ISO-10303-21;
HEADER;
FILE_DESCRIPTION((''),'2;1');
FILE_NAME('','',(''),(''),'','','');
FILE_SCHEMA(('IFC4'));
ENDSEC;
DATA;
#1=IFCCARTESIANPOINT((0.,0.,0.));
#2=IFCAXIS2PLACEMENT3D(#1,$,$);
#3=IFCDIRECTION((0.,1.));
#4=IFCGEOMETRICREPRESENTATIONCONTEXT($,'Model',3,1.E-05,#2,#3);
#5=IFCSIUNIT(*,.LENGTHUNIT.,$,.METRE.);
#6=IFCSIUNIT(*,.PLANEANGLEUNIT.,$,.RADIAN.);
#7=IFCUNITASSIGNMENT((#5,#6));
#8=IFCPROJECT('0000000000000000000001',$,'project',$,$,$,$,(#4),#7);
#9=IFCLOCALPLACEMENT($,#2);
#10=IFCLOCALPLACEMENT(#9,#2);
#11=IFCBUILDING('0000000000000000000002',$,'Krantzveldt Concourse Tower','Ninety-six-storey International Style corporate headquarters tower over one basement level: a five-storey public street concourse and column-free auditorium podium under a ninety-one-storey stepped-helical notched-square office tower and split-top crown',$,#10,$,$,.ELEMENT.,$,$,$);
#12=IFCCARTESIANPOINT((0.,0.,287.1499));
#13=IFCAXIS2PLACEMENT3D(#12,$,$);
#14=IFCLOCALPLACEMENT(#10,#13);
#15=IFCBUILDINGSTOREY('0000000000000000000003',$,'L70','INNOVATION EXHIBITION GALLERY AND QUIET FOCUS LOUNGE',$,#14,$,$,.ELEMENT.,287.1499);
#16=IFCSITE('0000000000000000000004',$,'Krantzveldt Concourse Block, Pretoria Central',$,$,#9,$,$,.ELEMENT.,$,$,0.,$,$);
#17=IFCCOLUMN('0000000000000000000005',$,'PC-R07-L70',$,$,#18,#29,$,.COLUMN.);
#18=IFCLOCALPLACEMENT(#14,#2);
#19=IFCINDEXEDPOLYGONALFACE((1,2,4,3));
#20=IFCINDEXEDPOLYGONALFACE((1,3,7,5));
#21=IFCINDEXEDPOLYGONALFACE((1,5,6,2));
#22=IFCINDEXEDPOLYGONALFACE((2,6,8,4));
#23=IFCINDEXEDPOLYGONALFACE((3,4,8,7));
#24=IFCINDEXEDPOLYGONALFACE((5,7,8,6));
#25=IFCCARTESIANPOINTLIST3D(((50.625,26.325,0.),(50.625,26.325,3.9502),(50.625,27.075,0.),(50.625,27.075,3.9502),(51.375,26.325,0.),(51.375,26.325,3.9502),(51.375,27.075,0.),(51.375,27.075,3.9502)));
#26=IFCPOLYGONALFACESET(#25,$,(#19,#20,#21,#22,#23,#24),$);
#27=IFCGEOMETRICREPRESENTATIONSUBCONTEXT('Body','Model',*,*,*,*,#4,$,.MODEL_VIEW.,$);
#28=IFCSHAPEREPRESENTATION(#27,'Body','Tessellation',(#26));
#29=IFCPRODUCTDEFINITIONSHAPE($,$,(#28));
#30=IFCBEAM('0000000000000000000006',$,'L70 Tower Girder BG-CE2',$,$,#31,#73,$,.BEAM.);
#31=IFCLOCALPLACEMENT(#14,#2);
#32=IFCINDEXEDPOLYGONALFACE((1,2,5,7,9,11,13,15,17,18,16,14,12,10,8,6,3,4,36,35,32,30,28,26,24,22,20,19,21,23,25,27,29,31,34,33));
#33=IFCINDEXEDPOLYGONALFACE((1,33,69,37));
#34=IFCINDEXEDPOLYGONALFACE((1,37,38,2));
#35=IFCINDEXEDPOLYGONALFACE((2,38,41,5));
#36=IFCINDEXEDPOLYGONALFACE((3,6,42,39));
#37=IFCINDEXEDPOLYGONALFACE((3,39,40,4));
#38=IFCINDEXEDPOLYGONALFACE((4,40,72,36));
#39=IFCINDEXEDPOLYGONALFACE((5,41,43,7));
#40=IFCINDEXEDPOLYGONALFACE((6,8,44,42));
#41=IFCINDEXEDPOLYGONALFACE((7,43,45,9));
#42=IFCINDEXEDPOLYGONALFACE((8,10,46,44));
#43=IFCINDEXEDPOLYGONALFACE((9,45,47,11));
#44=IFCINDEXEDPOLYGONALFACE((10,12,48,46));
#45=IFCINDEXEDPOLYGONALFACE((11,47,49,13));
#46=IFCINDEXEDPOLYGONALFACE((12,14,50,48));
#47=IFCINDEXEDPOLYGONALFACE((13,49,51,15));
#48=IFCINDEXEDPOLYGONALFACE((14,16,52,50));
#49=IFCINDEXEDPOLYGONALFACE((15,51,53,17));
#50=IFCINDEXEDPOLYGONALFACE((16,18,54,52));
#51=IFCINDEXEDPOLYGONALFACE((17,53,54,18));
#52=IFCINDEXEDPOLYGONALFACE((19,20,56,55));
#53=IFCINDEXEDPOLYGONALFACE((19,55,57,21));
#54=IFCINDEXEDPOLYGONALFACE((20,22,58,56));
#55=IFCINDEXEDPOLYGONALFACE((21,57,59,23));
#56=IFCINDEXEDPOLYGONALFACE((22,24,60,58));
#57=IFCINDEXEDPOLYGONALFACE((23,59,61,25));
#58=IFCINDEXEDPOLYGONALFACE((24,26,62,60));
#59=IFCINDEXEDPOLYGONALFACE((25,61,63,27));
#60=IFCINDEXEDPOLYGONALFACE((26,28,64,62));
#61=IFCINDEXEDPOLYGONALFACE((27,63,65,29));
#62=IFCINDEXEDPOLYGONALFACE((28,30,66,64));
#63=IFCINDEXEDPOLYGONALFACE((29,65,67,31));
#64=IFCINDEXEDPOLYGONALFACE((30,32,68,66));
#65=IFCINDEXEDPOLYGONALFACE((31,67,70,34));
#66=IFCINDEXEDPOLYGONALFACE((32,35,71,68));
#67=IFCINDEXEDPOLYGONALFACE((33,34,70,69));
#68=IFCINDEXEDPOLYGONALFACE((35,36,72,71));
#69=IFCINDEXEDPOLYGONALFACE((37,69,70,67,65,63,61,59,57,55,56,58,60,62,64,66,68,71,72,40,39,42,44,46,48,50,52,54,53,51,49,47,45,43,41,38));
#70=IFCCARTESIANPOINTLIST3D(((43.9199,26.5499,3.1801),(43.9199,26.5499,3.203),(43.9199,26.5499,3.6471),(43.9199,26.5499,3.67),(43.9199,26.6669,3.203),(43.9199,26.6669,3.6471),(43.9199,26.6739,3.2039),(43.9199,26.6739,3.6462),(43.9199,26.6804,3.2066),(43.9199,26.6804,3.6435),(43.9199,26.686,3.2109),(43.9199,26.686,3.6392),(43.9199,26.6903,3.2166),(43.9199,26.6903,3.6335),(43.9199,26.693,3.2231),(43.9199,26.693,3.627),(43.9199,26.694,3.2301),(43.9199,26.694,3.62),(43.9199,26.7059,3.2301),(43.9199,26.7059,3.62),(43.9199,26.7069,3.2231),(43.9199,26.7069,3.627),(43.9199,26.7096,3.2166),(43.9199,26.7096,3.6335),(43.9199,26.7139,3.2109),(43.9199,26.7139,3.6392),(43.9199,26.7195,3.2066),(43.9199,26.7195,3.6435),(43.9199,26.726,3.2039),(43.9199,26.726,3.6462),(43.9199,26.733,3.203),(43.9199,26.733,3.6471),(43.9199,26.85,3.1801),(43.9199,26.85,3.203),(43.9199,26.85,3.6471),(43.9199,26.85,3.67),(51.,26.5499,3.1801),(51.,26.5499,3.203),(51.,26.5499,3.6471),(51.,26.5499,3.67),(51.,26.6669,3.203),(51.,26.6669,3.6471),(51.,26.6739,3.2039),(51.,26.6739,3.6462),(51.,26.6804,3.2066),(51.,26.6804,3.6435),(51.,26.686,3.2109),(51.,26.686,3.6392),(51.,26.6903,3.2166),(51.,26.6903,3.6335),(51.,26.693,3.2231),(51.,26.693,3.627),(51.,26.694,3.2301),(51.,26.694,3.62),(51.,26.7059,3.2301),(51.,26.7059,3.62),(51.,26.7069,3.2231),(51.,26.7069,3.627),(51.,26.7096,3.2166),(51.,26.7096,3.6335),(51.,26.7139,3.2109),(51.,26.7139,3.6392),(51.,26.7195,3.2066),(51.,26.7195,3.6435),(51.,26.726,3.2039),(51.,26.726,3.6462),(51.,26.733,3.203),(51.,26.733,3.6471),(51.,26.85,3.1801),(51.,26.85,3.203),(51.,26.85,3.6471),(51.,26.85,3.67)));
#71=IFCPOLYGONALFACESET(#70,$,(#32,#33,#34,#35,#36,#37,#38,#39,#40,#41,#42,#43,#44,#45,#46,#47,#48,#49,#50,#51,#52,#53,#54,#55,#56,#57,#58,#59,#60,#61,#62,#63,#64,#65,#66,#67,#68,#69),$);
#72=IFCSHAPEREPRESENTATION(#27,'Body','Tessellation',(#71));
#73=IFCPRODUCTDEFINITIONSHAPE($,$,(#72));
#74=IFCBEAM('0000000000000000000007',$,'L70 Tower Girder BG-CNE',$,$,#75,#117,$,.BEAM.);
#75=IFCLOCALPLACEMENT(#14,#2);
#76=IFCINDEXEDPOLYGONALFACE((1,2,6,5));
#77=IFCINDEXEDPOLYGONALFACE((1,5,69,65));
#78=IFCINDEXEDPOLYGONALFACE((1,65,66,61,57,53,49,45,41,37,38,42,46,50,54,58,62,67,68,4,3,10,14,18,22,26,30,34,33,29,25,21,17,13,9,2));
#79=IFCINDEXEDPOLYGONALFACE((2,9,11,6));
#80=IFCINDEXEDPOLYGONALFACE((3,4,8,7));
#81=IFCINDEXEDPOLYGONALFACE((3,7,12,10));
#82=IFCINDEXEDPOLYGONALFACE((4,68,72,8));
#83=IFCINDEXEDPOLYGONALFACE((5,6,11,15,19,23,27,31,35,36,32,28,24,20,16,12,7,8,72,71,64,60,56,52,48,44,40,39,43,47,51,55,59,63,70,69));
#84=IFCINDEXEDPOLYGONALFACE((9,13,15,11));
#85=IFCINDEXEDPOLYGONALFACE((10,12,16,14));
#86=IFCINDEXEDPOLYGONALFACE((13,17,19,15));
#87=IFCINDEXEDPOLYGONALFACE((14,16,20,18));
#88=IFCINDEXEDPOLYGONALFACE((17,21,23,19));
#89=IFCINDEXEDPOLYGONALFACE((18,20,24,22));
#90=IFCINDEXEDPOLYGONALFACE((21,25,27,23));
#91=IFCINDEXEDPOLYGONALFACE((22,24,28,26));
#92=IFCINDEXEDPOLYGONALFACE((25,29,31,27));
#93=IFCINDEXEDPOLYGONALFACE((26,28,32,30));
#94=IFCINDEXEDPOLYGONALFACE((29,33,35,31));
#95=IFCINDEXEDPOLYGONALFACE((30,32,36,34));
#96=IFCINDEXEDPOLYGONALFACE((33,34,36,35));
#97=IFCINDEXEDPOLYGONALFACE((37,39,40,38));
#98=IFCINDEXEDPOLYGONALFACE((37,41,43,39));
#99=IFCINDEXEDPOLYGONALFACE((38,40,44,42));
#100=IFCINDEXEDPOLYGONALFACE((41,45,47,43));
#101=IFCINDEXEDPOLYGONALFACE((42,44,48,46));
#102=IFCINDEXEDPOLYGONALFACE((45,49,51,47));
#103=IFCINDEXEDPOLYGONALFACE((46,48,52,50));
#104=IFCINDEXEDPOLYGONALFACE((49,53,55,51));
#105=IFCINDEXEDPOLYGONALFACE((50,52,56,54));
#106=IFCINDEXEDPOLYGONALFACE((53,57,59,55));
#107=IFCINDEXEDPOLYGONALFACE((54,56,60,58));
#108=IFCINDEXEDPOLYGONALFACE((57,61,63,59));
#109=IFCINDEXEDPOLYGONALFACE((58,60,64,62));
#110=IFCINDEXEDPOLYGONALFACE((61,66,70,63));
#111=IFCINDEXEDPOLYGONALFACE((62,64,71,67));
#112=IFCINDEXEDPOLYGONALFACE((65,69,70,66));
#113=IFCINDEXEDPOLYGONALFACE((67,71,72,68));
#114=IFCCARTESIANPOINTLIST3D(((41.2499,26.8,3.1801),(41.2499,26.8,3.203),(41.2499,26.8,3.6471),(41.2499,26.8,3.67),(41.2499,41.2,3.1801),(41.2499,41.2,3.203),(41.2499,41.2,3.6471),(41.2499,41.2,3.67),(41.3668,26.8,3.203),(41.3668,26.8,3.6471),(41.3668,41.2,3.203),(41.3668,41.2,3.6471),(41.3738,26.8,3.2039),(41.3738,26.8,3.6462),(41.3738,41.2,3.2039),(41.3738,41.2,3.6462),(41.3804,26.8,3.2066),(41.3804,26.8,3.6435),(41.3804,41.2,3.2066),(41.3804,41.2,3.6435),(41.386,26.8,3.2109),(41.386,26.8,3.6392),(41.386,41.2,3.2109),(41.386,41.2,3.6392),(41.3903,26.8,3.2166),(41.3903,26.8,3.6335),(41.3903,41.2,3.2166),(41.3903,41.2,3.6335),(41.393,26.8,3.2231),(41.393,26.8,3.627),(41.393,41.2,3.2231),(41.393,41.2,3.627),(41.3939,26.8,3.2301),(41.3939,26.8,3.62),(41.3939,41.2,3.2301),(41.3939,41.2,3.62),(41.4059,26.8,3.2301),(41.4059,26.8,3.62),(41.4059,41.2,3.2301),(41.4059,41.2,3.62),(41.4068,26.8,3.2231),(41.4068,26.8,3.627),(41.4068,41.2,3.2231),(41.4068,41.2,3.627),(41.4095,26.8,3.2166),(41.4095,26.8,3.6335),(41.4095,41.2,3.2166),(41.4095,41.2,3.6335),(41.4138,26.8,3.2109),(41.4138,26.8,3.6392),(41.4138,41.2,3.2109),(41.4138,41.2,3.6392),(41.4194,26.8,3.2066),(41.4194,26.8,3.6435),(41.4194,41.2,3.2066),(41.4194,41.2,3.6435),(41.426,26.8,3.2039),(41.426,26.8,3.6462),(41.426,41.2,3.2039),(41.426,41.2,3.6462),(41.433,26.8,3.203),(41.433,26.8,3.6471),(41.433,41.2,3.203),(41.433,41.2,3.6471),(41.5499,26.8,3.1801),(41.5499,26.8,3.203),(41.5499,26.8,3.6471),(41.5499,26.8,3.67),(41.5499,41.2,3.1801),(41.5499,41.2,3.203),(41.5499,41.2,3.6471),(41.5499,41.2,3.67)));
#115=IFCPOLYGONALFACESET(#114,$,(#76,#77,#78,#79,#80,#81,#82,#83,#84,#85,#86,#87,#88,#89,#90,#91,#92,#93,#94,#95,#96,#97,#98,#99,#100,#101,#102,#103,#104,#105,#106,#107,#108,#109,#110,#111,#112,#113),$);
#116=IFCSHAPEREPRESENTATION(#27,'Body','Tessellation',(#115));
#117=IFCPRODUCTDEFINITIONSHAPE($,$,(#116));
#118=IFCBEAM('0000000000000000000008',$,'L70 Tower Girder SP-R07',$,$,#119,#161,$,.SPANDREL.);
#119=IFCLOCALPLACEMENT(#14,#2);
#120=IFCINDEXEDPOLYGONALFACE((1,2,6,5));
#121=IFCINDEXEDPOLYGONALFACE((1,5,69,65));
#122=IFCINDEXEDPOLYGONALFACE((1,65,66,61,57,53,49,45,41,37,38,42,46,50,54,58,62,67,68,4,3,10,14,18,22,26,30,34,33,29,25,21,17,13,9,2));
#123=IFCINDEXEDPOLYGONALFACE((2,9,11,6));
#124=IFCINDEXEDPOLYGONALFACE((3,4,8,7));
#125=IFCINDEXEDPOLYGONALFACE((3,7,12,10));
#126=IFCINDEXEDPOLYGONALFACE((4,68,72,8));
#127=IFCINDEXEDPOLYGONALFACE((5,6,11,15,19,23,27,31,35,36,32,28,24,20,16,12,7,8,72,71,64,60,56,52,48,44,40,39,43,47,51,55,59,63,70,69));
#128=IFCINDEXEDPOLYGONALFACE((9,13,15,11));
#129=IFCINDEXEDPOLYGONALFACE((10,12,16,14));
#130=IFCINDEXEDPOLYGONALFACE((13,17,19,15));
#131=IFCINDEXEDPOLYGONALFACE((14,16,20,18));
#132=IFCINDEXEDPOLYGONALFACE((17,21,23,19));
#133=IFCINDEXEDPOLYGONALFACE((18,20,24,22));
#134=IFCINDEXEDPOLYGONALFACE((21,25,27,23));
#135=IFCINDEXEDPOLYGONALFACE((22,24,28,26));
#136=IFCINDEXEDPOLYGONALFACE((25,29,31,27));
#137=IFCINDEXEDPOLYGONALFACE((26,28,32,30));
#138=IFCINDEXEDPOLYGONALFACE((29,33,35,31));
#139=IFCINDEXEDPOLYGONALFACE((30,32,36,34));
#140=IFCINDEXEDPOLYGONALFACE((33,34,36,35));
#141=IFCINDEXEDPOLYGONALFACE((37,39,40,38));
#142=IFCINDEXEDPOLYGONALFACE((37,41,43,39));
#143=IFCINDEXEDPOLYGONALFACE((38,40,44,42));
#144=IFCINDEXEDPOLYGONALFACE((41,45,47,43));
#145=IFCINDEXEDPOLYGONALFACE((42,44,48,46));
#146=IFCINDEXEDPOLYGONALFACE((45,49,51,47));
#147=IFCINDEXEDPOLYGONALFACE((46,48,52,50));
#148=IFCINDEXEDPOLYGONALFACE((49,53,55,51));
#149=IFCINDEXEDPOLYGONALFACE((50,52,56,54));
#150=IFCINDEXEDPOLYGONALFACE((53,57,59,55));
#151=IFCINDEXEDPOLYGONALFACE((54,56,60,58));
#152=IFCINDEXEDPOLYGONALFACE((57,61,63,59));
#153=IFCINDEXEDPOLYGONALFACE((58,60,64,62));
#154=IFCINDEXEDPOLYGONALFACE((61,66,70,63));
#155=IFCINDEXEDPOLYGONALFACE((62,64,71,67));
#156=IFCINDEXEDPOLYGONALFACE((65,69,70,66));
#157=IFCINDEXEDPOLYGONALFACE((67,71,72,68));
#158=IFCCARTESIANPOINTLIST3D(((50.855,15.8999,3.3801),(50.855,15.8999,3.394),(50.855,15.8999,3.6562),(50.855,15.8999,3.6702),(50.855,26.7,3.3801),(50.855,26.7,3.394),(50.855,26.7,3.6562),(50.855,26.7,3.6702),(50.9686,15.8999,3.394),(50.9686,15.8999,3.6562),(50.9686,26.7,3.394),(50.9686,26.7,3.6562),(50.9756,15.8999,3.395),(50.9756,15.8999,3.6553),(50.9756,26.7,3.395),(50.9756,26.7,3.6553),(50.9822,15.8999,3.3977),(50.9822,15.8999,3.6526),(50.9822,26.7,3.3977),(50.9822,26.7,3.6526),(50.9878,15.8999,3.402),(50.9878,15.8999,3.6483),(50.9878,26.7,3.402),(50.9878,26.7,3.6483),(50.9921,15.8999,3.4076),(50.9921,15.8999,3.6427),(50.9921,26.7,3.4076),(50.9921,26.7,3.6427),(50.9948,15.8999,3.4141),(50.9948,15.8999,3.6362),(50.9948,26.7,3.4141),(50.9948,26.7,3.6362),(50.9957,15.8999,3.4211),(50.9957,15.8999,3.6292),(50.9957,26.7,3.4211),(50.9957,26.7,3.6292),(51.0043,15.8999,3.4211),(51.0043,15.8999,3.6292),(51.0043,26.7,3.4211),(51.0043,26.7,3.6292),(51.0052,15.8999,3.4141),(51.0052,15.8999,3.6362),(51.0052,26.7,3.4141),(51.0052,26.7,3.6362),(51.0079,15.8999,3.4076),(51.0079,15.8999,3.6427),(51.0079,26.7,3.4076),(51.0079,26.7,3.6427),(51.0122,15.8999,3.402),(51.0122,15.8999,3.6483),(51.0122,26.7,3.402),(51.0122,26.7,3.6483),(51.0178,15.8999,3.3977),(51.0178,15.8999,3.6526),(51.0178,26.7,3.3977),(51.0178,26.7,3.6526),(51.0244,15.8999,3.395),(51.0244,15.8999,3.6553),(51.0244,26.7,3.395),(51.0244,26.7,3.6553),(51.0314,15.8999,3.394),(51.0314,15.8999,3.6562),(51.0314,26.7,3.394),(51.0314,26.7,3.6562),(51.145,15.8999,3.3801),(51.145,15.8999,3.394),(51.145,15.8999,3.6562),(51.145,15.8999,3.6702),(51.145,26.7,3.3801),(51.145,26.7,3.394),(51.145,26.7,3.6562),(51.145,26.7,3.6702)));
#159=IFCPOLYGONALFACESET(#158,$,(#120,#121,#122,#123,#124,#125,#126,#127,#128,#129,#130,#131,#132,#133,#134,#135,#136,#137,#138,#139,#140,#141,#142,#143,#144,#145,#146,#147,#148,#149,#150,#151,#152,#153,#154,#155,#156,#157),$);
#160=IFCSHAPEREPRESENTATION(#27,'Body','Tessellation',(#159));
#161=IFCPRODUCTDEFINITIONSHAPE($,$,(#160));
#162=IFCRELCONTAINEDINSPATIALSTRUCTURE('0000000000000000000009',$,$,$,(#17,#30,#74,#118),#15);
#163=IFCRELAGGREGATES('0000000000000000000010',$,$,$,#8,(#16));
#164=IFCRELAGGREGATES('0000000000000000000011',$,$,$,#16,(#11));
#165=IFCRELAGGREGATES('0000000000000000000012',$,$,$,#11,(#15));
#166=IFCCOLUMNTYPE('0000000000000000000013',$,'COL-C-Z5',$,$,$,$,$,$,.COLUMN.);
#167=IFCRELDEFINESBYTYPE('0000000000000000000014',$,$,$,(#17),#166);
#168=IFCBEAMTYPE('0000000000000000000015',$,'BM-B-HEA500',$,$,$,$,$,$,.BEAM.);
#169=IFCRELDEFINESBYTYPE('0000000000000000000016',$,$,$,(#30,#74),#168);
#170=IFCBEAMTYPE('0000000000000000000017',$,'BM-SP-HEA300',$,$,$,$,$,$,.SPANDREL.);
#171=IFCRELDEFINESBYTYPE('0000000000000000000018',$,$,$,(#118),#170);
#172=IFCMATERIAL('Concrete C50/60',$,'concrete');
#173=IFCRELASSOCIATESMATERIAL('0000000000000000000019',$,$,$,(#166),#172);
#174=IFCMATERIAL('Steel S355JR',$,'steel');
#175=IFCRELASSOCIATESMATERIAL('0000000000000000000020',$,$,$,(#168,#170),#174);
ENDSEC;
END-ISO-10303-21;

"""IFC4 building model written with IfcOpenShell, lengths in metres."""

from ifc_helpers import new_model, si_unit, direction, frame, origin, origin_2d, place, context, subcontext, project, spatial, rectangle, i_section, extrude, source, transform, mapped, material, material_profile, profile_set, type_object, type_shapes, element, save


model = new_model("IFC4")

# Units and contexts
model_context = context("Model", 3, precision=1e-05, world=origin(), true_north=direction((0.0, 1.0)))
body_context = subcontext(model_context, "Body", "Model", "MODEL_VIEW")
ifc_project = project(units=[si_unit("LENGTHUNIT", "METRE"), si_unit("PLANEANGLEUNIT", "RADIAN")], contexts=[model_context])

# Site, building, storey
site_placement = place(None, origin())
site = spatial("IfcSite", under=ifc_project, at=site_placement, Name="Krantzveldt Concourse Block, Pretoria Central", CompositionType="ELEMENT", RefElevation=0.0)
building_placement = place(site_placement, origin())
building = spatial("IfcBuilding", under=site, at=building_placement, Name="Krantzveldt Concourse Tower", Description="Ninety-six-storey International Style corporate headquarters tower over one basement level: a five-storey public street concourse and column-free auditorium podium under a ninety-one-storey stepped-helical notched-square office tower and split-top crown", CompositionType="ELEMENT")
storey_placement = place(building_placement, frame((0.0, 0.0, 287.1499)))
storey = spatial("IfcBuildingStorey", under=building, at=storey_placement, Name="L70", Description="INNOVATION EXHIBITION GALLERY AND QUIET FOCUS LOUNGE", CompositionType="ELEMENT", Elevation=287.1499)

# Column
ifc_material_1 = material(Name="Concrete C50/60", Category="concrete")
ifc_material_profile_1 = material_profile(ifc_material_1, rectangle(XDim=0.75, YDim=0.75, at=origin_2d()), Name="Concrete C50/60", Category="concrete")
ifc_profile_set_1 = profile_set([ifc_material_profile_1], Name="Concrete C50/60 - RC 750x750")
column_type = type_object("IfcColumnType", Name="COL-C-Z5", PredefinedType="COLUMN", material=ifc_profile_set_1)
shared_shape_1 = source(origin(), body_context, "Body", "SweptSolid", [
    extrude(rectangle(XDim=0.75, YDim=0.75, at=origin_2d()), origin(), (0.0, 0.0, 1.0), 3.9502),
])
type_shapes(column_type, [shared_shape_1])
column_placement = place(storey_placement, frame((51.0, 26.7, 0.0), z_axis=(0.0, 0.0, 1.0), x_axis=(1.0, 0.0, 0.0)))
element("IfcColumn", 1, at=column_placement, inside=storey, type_object=column_type, Name="PC-R07-L70", PredefinedType="COLUMN", context=body_context, shape_type="MappedRepresentation", body=[
    mapped(shared_shape_1, transform((0.0, 0.0, 0.0), x_axis=(1.0, 0.0, 0.0), y_axis=(0.0, 1.0, 0.0), z_axis=(0.0, 0.0, 1.0), scale=1.0)),
])

# Beams
ifc_material_2 = material(Name="Steel S355JR", Category="steel")
ifc_material_profile_2 = material_profile(ifc_material_2, i_section(OverallWidth=0.3, OverallDepth=0.49, WebThickness=0.012, FlangeThickness=0.0229, FilletRadius=0.0271, at=origin_2d()), Name="Steel S355JR", Category="steel")
ifc_profile_set_2 = profile_set([ifc_material_profile_2], Name="Steel S355JR - HEA 500")
beam_type_1 = type_object("IfcBeamType", Name="BM-B-HEA500", PredefinedType="BEAM", material=ifc_profile_set_2)
shared_shape_2 = source(origin(), body_context, "Body", "SweptSolid", [
    extrude(i_section(OverallWidth=0.3, OverallDepth=0.49, WebThickness=0.012, FlangeThickness=0.0229, FilletRadius=0.0271, at=origin_2d()), origin(), (0.0, 0.0, 1.0), 7.0801),
])
beam_1_placement = place(storey_placement, frame((43.9199, 26.7, 3.425), z_axis=(1.0, 0.0, 0.0), x_axis=(0.0, 1.0, 0.0)))
element("IfcBeam", 2, at=beam_1_placement, inside=storey, type_object=beam_type_1, Name="L70 Tower Girder BG-CE2", PredefinedType="BEAM", context=body_context, shape_type="MappedRepresentation", body=[
    mapped(shared_shape_2, transform((0.0, 0.0, 0.0), x_axis=(1.0, 0.0, 0.0), y_axis=(0.0, 1.0, 0.0), z_axis=(0.0, 0.0, 1.0), scale=1.0)),
])
shared_shape_3 = source(origin(), body_context, "Body", "SweptSolid", [
    extrude(i_section(OverallWidth=0.3, OverallDepth=0.49, WebThickness=0.012, FlangeThickness=0.0229, FilletRadius=0.0271, at=origin_2d()), origin(), (0.0, 0.0, 1.0), 14.3999),
])
type_shapes(beam_type_1, [shared_shape_2, shared_shape_3])
beam_2_placement = place(storey_placement, frame((41.3999, 26.8, 3.425), z_axis=(0.0, 1.0, 0.0), x_axis=(-1.0, 0.0, 0.0)))
element("IfcBeam", 3, at=beam_2_placement, inside=storey, type_object=beam_type_1, Name="L70 Tower Girder BG-CNE", PredefinedType="BEAM", context=body_context, shape_type="MappedRepresentation", body=[
    mapped(shared_shape_3, transform((0.0, 0.0, 0.0), x_axis=(1.0, 0.0, 0.0), y_axis=(0.0, 1.0, 0.0), z_axis=(0.0, 0.0, 1.0), scale=1.0)),
])
ifc_material_profile_3 = material_profile(ifc_material_2, i_section(OverallWidth=0.29, OverallDepth=0.29, WebThickness=0.0085, FlangeThickness=0.0139, FilletRadius=0.0271, at=origin_2d()), Name="Steel S355JR", Category="steel")
ifc_profile_set_3 = profile_set([ifc_material_profile_3], Name="Steel S355JR - HEA 300")
beam_type_2 = type_object("IfcBeamType", Name="BM-SP-HEA300", PredefinedType="SPANDREL", material=ifc_profile_set_3)
shared_shape_4 = source(origin(), body_context, "Body", "SweptSolid", [
    extrude(i_section(OverallWidth=0.29, OverallDepth=0.29, WebThickness=0.0085, FlangeThickness=0.0139, FilletRadius=0.0271, at=origin_2d()), origin(), (0.0, 0.0, 1.0), 10.8),
])
type_shapes(beam_type_2, [shared_shape_4])
beam_3_placement = place(storey_placement, frame((51.0, 26.7, 3.5251), z_axis=(0.0, -1.0, 0.0), x_axis=(1.0, 0.0, 0.0)))
element("IfcBeam", 4, at=beam_3_placement, inside=storey, type_object=beam_type_2, Name="L70 Tower Girder SP-R07", PredefinedType="SPANDREL", context=body_context, shape_type="MappedRepresentation", body=[
    mapped(shared_shape_4, transform((0.0, 0.0, 0.0), x_axis=(1.0, 0.0, 0.0), y_axis=(0.0, 1.0, 0.0), z_axis=(0.0, 0.0, 1.0), scale=1.0)),
])

save(model, "model.ifc")
